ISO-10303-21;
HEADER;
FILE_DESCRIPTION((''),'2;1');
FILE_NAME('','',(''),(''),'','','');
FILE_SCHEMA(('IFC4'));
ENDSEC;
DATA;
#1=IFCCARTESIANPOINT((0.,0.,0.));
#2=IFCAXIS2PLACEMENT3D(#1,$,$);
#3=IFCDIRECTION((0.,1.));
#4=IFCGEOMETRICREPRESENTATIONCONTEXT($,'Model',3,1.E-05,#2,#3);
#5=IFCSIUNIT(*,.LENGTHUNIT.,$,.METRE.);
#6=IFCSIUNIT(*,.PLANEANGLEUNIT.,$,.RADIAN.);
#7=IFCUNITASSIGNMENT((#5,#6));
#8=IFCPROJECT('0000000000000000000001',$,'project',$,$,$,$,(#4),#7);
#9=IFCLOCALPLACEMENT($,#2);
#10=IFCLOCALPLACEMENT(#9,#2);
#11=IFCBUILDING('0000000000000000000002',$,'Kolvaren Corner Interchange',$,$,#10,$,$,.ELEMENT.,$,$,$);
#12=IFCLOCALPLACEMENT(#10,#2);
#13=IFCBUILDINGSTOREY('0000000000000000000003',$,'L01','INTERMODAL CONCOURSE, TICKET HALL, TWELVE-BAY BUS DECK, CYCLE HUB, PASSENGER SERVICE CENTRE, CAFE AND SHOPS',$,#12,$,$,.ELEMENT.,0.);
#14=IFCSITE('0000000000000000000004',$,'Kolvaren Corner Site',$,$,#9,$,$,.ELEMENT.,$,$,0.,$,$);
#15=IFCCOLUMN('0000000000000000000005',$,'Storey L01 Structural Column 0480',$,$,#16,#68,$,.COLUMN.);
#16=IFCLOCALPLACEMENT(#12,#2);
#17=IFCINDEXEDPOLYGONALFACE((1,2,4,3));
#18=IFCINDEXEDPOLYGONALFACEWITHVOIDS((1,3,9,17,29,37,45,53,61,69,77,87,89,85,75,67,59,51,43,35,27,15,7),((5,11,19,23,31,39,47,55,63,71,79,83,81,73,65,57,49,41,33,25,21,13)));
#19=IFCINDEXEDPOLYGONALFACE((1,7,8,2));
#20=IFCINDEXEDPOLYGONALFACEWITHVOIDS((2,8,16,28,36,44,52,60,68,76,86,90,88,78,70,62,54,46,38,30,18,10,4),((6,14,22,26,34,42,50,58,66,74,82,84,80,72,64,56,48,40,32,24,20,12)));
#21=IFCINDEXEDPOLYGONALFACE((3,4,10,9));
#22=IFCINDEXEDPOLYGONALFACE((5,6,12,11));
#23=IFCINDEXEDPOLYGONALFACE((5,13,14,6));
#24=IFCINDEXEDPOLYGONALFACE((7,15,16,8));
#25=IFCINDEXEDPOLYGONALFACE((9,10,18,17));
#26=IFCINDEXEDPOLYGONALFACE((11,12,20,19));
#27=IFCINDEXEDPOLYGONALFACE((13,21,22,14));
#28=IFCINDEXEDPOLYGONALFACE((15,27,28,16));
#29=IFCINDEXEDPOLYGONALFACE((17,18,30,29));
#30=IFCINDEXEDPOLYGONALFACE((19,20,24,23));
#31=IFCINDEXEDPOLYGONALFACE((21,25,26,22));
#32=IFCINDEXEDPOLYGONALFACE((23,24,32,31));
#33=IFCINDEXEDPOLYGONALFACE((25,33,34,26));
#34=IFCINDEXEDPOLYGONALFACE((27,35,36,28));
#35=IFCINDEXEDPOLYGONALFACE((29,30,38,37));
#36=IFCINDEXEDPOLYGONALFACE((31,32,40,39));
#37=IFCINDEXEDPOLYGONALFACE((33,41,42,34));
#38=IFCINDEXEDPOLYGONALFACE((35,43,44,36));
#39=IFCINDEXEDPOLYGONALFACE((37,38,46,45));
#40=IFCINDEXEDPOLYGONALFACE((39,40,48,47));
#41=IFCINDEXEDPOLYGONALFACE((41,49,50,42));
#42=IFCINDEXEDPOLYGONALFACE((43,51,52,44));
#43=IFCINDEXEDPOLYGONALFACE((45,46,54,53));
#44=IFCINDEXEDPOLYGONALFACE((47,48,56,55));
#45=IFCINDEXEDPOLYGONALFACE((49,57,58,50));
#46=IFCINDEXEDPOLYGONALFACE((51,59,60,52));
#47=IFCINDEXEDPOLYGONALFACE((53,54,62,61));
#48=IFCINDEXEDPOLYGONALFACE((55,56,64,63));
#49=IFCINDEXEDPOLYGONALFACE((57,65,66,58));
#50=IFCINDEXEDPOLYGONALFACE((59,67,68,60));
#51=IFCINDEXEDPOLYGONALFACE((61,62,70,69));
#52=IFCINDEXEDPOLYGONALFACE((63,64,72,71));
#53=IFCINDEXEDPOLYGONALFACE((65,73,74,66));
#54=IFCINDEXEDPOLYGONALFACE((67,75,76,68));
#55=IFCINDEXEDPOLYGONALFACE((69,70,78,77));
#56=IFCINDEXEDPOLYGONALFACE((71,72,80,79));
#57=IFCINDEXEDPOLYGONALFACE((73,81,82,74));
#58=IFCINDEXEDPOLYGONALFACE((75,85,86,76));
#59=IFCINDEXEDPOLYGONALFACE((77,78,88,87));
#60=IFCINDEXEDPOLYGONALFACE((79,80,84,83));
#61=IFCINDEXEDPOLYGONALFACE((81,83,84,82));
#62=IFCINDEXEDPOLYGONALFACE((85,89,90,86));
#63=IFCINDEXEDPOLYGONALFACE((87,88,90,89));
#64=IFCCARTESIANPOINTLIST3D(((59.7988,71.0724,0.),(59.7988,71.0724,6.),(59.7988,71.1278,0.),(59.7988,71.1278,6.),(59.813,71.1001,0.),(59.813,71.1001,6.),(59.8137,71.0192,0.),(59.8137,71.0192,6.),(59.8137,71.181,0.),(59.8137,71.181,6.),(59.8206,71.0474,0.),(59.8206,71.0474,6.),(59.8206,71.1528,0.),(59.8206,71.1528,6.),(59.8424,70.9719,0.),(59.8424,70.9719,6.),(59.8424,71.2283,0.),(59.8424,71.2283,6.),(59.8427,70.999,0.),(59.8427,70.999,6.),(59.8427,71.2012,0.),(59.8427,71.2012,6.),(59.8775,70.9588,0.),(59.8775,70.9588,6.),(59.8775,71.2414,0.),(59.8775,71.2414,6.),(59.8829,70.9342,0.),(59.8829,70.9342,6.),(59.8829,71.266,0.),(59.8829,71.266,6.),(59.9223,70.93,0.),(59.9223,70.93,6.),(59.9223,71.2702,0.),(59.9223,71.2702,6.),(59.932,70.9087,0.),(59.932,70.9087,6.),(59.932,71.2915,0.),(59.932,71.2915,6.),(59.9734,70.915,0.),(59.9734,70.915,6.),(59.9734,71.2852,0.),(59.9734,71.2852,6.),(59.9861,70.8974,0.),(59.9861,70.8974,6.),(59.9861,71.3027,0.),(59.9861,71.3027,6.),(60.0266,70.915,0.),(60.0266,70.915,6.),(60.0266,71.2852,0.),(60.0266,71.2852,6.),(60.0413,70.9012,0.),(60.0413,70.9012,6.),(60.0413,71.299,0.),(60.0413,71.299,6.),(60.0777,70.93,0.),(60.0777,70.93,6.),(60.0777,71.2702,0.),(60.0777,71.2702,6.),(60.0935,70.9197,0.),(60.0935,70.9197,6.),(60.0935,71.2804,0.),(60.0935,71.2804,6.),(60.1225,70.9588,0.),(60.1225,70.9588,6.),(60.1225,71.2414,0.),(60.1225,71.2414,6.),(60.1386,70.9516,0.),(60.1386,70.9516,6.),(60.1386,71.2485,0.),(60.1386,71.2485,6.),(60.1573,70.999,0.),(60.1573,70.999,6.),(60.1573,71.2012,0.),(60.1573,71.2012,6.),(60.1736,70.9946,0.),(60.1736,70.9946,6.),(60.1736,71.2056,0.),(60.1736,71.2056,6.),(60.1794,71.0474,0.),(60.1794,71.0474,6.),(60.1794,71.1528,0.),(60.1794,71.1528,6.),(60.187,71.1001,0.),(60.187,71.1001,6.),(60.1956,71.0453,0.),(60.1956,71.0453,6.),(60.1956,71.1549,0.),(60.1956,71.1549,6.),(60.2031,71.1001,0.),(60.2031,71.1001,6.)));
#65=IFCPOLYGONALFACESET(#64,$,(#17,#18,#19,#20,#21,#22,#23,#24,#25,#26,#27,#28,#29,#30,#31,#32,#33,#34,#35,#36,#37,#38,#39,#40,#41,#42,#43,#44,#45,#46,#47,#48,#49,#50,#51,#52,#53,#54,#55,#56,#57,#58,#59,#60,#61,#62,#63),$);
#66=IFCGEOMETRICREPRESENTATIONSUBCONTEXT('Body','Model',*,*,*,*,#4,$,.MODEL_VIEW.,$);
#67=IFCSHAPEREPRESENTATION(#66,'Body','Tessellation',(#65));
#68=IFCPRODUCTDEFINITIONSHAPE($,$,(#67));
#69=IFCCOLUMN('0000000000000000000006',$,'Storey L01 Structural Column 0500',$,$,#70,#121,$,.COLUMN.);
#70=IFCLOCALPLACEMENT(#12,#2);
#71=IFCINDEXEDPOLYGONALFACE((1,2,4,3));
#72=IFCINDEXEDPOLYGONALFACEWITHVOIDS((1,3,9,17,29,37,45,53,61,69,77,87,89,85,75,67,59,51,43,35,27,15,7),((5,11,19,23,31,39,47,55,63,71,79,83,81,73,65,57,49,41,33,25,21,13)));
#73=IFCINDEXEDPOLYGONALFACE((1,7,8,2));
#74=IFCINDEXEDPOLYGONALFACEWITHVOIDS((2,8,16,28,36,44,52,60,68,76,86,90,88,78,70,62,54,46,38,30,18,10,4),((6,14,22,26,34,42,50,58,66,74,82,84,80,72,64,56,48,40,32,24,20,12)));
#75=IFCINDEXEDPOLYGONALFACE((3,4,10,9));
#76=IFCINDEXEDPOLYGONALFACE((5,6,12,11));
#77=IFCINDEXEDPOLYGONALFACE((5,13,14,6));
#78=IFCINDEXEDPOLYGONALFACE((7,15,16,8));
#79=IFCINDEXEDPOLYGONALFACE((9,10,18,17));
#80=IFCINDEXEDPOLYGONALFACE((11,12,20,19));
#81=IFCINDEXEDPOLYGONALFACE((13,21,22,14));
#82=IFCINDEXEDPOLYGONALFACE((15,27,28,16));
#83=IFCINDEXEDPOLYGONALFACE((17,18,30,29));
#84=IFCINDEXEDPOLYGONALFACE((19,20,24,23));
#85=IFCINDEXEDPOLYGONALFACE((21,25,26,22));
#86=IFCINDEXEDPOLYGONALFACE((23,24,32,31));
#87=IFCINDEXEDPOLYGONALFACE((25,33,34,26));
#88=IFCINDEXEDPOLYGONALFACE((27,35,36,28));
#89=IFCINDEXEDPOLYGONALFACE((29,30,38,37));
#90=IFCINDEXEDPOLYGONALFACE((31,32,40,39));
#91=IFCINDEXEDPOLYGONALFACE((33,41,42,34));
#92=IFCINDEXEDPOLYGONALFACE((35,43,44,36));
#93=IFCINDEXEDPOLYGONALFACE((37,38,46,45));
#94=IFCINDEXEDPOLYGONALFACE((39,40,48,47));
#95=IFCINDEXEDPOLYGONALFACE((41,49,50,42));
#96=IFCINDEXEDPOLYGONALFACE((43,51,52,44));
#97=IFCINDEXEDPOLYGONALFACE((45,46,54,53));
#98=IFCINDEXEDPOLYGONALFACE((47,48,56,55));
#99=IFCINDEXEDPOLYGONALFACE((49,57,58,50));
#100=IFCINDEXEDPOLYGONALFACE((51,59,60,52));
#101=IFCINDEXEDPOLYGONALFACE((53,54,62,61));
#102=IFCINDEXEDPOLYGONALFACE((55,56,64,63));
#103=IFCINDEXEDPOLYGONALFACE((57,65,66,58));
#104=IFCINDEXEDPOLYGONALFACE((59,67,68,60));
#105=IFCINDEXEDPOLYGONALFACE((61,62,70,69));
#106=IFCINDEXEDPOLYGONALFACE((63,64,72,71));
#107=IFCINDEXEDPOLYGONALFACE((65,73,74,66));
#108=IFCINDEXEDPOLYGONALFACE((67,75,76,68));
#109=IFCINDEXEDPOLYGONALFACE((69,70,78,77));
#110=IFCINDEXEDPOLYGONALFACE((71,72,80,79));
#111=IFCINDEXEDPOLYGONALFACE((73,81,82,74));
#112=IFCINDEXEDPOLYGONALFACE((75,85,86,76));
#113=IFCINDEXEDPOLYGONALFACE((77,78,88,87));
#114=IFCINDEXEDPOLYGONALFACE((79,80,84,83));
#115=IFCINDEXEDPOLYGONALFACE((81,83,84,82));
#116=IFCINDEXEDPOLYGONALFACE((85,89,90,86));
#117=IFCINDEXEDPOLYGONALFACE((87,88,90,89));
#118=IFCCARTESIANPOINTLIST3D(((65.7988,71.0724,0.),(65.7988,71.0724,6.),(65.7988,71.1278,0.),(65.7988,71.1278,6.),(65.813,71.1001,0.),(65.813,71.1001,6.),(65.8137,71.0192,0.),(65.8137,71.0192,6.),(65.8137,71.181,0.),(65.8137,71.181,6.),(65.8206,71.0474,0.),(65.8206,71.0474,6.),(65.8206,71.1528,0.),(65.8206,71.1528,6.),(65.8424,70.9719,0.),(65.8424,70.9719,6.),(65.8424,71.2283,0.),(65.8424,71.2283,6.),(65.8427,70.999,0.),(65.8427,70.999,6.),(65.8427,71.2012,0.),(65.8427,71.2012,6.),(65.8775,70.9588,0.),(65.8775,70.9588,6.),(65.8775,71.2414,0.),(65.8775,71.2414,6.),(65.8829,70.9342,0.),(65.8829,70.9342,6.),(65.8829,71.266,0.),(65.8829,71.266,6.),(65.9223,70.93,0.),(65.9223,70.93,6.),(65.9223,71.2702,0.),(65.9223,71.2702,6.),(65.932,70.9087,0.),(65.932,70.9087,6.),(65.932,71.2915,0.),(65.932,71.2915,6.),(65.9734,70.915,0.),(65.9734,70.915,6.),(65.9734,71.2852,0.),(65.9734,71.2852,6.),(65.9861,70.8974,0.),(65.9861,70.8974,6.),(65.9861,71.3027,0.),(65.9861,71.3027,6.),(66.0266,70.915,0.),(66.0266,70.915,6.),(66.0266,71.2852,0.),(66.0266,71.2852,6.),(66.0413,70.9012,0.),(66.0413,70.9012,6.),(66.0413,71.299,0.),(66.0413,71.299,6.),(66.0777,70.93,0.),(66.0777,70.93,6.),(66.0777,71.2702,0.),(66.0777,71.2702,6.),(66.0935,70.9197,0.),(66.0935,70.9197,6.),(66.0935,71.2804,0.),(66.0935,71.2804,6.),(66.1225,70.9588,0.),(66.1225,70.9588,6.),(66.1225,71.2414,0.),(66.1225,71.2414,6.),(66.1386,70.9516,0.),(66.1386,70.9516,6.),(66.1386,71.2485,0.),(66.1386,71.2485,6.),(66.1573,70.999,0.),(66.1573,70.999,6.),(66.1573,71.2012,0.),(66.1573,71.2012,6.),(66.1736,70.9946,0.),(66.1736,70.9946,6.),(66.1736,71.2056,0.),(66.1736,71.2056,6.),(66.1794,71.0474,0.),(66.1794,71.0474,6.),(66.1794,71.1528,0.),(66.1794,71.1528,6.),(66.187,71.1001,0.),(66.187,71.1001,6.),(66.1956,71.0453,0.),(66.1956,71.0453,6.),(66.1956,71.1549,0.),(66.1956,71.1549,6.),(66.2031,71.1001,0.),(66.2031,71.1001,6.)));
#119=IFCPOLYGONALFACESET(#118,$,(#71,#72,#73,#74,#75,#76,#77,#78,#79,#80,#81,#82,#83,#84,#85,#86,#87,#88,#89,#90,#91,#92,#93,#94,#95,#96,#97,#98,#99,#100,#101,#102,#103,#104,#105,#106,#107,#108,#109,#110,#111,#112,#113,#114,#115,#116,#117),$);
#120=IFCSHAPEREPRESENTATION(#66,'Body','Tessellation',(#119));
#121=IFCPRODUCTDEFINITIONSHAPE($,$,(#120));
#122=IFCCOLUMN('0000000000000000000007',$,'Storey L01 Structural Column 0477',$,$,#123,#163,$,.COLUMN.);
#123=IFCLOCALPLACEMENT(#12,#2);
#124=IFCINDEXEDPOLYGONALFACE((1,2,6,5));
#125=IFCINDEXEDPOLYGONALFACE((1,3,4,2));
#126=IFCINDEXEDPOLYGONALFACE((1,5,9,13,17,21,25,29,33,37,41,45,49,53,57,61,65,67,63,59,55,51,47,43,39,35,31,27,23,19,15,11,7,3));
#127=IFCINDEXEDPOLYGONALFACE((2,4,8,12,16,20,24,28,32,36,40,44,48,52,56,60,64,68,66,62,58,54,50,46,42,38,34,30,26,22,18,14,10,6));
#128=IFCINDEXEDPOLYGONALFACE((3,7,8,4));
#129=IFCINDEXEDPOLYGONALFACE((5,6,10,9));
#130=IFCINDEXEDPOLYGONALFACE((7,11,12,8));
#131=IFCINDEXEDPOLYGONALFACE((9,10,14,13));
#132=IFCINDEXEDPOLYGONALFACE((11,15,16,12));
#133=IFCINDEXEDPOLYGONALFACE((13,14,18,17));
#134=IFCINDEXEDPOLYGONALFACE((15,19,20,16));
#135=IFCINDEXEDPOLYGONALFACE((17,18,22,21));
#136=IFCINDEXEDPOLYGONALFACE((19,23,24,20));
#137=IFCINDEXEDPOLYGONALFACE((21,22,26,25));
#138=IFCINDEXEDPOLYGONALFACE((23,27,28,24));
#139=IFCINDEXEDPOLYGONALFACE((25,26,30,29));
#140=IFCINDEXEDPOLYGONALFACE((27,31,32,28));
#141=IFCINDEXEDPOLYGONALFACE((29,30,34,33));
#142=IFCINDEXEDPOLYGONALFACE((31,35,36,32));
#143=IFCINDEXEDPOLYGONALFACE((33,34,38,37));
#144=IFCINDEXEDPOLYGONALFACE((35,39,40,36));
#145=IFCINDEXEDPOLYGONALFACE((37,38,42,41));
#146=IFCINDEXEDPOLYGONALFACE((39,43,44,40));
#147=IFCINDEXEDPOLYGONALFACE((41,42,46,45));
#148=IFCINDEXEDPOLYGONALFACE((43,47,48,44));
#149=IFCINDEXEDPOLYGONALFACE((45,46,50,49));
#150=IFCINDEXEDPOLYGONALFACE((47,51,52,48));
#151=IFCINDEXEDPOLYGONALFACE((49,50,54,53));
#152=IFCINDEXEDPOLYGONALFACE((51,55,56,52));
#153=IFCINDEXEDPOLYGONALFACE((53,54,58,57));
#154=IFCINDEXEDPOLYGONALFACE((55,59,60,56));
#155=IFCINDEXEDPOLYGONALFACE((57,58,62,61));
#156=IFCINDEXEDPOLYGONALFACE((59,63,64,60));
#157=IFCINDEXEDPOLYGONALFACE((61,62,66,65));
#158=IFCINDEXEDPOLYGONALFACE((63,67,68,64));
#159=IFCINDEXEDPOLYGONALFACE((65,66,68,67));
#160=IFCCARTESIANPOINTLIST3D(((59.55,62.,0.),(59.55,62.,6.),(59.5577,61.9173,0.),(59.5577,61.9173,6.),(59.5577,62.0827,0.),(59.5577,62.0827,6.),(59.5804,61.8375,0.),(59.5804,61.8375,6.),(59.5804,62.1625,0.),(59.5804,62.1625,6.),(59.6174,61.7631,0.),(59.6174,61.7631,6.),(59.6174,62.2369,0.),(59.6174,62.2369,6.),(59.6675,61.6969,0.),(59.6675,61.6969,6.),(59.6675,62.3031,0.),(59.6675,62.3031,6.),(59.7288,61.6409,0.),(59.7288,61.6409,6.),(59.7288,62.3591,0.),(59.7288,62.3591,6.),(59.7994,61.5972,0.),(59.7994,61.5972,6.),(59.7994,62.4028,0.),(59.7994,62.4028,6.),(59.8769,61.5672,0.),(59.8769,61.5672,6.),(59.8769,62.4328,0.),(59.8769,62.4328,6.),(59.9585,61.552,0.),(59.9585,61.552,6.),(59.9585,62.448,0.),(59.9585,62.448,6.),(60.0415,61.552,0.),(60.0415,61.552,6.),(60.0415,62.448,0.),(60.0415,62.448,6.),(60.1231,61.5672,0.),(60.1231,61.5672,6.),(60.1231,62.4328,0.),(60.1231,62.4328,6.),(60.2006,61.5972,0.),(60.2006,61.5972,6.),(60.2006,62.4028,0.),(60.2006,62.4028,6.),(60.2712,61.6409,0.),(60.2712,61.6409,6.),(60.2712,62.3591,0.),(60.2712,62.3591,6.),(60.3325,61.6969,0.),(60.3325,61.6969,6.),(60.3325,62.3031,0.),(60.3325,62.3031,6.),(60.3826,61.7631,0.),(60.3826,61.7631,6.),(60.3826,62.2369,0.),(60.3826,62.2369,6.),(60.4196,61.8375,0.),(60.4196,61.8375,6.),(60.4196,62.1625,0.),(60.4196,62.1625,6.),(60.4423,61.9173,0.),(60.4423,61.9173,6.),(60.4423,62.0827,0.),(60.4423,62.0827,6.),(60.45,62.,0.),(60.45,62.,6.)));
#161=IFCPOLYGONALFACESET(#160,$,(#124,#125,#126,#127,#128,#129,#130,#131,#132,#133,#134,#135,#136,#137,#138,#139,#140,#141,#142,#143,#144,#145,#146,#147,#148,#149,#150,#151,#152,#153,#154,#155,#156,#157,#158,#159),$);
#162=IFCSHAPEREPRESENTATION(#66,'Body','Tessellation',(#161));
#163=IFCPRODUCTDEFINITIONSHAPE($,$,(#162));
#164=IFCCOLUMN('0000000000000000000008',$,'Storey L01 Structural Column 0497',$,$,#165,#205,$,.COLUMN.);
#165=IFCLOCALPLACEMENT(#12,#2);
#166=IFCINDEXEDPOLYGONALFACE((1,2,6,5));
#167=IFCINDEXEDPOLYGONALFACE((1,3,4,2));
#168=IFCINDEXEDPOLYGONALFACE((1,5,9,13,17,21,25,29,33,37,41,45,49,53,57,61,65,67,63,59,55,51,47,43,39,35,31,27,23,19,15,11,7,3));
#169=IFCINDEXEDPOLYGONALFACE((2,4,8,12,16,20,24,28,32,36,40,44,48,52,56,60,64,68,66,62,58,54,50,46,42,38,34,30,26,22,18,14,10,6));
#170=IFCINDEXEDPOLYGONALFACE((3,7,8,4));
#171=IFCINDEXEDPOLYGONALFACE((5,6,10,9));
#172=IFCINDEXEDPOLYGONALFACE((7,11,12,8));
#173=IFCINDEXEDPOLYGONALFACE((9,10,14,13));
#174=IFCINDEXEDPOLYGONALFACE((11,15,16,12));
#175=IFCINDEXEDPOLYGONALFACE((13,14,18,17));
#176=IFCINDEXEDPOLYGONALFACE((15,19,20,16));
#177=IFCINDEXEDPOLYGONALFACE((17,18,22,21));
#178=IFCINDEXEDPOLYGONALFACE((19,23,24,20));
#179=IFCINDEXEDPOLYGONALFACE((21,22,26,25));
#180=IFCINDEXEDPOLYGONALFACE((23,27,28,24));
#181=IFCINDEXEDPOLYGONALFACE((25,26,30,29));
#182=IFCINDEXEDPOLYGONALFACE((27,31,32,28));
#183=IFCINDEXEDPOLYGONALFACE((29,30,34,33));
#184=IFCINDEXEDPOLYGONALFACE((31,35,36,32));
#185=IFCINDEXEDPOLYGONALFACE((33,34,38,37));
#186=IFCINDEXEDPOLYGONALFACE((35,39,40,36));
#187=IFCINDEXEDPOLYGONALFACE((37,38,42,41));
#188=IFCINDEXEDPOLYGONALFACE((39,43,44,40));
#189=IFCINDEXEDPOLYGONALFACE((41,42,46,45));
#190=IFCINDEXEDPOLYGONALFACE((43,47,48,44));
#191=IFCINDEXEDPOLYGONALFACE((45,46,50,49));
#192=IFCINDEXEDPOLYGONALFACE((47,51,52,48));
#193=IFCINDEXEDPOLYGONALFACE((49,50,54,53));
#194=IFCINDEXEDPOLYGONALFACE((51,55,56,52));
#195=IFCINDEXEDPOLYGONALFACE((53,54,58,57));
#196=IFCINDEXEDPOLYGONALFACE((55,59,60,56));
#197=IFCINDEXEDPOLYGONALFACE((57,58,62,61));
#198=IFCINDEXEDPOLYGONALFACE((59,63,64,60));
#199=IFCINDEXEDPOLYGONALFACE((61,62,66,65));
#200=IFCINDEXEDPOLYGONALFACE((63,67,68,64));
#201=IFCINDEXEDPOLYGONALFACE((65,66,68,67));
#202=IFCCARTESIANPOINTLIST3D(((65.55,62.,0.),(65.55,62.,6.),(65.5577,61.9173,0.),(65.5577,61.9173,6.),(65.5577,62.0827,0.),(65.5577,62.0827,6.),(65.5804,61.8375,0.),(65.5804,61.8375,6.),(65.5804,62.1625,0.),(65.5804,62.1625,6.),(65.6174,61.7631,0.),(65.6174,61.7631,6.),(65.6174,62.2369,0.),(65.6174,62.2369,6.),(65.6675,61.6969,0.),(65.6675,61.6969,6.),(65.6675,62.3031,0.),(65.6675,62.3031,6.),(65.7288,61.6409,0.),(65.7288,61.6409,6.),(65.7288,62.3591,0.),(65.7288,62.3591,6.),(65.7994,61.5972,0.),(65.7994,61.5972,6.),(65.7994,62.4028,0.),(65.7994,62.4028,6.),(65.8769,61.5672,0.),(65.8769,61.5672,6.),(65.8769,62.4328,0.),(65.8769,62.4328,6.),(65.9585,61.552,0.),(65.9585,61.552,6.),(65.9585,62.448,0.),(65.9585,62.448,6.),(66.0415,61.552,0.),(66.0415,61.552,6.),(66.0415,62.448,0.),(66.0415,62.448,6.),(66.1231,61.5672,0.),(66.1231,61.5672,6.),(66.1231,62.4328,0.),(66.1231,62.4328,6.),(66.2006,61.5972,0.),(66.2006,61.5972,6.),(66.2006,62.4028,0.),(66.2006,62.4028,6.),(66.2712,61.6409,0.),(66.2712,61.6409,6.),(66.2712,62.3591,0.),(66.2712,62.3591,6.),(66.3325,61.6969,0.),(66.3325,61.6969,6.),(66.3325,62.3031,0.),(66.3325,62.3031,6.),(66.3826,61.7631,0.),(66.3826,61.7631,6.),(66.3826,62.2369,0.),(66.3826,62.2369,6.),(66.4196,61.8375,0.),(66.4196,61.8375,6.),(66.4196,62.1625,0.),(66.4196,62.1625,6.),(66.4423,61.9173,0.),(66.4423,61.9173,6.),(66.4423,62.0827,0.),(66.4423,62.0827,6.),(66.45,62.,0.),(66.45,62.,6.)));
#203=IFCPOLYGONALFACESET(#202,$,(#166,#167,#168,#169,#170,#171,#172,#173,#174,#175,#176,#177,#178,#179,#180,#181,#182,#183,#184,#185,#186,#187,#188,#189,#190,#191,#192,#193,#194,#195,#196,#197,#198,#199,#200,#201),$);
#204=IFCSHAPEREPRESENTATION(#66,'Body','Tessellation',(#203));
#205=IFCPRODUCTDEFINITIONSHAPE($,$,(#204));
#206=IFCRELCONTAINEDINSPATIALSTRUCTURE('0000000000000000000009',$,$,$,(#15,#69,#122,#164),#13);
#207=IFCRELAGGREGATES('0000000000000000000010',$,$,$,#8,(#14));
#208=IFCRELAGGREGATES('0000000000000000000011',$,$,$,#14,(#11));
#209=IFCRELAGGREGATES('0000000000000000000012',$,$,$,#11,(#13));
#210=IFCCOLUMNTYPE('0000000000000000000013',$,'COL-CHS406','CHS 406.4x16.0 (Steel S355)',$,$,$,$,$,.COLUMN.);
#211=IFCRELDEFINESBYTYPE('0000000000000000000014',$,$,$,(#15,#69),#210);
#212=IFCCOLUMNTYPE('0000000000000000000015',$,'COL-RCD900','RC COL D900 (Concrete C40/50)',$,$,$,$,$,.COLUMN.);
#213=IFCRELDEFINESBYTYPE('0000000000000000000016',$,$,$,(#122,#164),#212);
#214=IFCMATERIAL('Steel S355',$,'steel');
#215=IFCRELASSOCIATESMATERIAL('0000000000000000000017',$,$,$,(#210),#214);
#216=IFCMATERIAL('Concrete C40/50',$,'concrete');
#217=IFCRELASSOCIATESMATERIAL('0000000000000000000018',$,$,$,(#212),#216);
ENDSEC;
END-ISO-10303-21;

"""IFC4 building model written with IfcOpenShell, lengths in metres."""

from ifc_helpers import new_model, si_unit, direction, frame, origin, origin_2d, place, context, subcontext, project, spatial, circle, hollow_circle, extrude, material, material_profile, profile_set, type_object, element, save


model = new_model("IFC4")

# Units and contexts
model_context = context("Model", 3, precision=1e-05, world=origin(), true_north=direction((0.0, 1.0)))
body_context = subcontext(model_context, "Body", "Model", "MODEL_VIEW")
ifc_project = project(units=[si_unit("LENGTHUNIT", "METRE"), si_unit("PLANEANGLEUNIT", "RADIAN")], contexts=[model_context])

# Site, building, storey
site_placement = place(None, origin())
site = spatial("IfcSite", under=ifc_project, at=site_placement, Name="Kolvaren Corner Site", CompositionType="ELEMENT", RefElevation=0.0)
building_placement = place(site_placement, origin())
building = spatial("IfcBuilding", under=site, at=building_placement, Name="Kolvaren Corner Interchange", CompositionType="ELEMENT")
storey_placement = place(building_placement, origin())
storey = spatial("IfcBuildingStorey", under=building, at=storey_placement, Name="L01", Description="INTERMODAL CONCOURSE, TICKET HALL, TWELVE-BAY BUS DECK, CYCLE HUB, PASSENGER SERVICE CENTRE, CAFE AND SHOPS", CompositionType="ELEMENT", Elevation=0.0)

# Columns
ifc_material_1 = material(Name="Steel S355", Category="steel")
ifc_material_profile_1 = material_profile(ifc_material_1, hollow_circle(Radius=0.2031, WallThickness=0.0161, at=origin_2d()), Name="CHS 406.4x16.0")
ifc_profile_set_1 = profile_set([ifc_material_profile_1], Name="Steel S355")
column_type_1 = type_object("IfcColumnType", Name="COL-CHS406", Description="CHS 406.4x16.0 (Steel S355)", PredefinedType="COLUMN", material=ifc_profile_set_1)
for number, where, z_axis, x_axis, name in (
    (1, (60.0, 71.1001, 0.0), (0.0, 0.0, 1.0), (1.0, 0.0, 0.0), "Storey L01 Structural Column 0480"),
    (2, (66.0, 71.1001, 0.0), (0.0, 0.0, 1.0), (1.0, 0.0, 0.0), "Storey L01 Structural Column 0500"),
):
    element("IfcColumn", number, at=place(storey_placement, frame(where, z_axis=z_axis, x_axis=x_axis)), inside=storey, type_object=column_type_1, Name=name, PredefinedType="COLUMN", context=body_context, shape_type="SweptSolid", body=[
        extrude(hollow_circle(Radius=0.2031, WallThickness=0.0161, at=origin_2d()), origin(), (0.0, 0.0, 1.0), 6.0),
    ])
ifc_material_2 = material(Name="Concrete C40/50", Category="concrete")
ifc_material_profile_2 = material_profile(ifc_material_2, circle(Radius=0.45, at=origin_2d()), Name="RC COL D900")
ifc_profile_set_2 = profile_set([ifc_material_profile_2], Name="Concrete C40/50")
column_type_2 = type_object("IfcColumnType", Name="COL-RCD900", Description="RC COL D900 (Concrete C40/50)", PredefinedType="COLUMN", material=ifc_profile_set_2)
for number, where, z_axis, x_axis, name in (
    (3, (60.0, 62.0, 0.0), (0.0, 0.0, 1.0), (1.0, 0.0, 0.0), "Storey L01 Structural Column 0477"),
    (4, (66.0, 62.0, 0.0), (0.0, 0.0, 1.0), (1.0, 0.0, 0.0), "Storey L01 Structural Column 0497"),
):
    element("IfcColumn", number, at=place(storey_placement, frame(where, z_axis=z_axis, x_axis=x_axis)), inside=storey, type_object=column_type_2, Name=name, PredefinedType="COLUMN", context=body_context, shape_type="SweptSolid", body=[
        extrude(circle(Radius=0.45, at=origin_2d()), origin(), (0.0, 0.0, 1.0), 6.0),
    ])

save(model, "model.ifc")
